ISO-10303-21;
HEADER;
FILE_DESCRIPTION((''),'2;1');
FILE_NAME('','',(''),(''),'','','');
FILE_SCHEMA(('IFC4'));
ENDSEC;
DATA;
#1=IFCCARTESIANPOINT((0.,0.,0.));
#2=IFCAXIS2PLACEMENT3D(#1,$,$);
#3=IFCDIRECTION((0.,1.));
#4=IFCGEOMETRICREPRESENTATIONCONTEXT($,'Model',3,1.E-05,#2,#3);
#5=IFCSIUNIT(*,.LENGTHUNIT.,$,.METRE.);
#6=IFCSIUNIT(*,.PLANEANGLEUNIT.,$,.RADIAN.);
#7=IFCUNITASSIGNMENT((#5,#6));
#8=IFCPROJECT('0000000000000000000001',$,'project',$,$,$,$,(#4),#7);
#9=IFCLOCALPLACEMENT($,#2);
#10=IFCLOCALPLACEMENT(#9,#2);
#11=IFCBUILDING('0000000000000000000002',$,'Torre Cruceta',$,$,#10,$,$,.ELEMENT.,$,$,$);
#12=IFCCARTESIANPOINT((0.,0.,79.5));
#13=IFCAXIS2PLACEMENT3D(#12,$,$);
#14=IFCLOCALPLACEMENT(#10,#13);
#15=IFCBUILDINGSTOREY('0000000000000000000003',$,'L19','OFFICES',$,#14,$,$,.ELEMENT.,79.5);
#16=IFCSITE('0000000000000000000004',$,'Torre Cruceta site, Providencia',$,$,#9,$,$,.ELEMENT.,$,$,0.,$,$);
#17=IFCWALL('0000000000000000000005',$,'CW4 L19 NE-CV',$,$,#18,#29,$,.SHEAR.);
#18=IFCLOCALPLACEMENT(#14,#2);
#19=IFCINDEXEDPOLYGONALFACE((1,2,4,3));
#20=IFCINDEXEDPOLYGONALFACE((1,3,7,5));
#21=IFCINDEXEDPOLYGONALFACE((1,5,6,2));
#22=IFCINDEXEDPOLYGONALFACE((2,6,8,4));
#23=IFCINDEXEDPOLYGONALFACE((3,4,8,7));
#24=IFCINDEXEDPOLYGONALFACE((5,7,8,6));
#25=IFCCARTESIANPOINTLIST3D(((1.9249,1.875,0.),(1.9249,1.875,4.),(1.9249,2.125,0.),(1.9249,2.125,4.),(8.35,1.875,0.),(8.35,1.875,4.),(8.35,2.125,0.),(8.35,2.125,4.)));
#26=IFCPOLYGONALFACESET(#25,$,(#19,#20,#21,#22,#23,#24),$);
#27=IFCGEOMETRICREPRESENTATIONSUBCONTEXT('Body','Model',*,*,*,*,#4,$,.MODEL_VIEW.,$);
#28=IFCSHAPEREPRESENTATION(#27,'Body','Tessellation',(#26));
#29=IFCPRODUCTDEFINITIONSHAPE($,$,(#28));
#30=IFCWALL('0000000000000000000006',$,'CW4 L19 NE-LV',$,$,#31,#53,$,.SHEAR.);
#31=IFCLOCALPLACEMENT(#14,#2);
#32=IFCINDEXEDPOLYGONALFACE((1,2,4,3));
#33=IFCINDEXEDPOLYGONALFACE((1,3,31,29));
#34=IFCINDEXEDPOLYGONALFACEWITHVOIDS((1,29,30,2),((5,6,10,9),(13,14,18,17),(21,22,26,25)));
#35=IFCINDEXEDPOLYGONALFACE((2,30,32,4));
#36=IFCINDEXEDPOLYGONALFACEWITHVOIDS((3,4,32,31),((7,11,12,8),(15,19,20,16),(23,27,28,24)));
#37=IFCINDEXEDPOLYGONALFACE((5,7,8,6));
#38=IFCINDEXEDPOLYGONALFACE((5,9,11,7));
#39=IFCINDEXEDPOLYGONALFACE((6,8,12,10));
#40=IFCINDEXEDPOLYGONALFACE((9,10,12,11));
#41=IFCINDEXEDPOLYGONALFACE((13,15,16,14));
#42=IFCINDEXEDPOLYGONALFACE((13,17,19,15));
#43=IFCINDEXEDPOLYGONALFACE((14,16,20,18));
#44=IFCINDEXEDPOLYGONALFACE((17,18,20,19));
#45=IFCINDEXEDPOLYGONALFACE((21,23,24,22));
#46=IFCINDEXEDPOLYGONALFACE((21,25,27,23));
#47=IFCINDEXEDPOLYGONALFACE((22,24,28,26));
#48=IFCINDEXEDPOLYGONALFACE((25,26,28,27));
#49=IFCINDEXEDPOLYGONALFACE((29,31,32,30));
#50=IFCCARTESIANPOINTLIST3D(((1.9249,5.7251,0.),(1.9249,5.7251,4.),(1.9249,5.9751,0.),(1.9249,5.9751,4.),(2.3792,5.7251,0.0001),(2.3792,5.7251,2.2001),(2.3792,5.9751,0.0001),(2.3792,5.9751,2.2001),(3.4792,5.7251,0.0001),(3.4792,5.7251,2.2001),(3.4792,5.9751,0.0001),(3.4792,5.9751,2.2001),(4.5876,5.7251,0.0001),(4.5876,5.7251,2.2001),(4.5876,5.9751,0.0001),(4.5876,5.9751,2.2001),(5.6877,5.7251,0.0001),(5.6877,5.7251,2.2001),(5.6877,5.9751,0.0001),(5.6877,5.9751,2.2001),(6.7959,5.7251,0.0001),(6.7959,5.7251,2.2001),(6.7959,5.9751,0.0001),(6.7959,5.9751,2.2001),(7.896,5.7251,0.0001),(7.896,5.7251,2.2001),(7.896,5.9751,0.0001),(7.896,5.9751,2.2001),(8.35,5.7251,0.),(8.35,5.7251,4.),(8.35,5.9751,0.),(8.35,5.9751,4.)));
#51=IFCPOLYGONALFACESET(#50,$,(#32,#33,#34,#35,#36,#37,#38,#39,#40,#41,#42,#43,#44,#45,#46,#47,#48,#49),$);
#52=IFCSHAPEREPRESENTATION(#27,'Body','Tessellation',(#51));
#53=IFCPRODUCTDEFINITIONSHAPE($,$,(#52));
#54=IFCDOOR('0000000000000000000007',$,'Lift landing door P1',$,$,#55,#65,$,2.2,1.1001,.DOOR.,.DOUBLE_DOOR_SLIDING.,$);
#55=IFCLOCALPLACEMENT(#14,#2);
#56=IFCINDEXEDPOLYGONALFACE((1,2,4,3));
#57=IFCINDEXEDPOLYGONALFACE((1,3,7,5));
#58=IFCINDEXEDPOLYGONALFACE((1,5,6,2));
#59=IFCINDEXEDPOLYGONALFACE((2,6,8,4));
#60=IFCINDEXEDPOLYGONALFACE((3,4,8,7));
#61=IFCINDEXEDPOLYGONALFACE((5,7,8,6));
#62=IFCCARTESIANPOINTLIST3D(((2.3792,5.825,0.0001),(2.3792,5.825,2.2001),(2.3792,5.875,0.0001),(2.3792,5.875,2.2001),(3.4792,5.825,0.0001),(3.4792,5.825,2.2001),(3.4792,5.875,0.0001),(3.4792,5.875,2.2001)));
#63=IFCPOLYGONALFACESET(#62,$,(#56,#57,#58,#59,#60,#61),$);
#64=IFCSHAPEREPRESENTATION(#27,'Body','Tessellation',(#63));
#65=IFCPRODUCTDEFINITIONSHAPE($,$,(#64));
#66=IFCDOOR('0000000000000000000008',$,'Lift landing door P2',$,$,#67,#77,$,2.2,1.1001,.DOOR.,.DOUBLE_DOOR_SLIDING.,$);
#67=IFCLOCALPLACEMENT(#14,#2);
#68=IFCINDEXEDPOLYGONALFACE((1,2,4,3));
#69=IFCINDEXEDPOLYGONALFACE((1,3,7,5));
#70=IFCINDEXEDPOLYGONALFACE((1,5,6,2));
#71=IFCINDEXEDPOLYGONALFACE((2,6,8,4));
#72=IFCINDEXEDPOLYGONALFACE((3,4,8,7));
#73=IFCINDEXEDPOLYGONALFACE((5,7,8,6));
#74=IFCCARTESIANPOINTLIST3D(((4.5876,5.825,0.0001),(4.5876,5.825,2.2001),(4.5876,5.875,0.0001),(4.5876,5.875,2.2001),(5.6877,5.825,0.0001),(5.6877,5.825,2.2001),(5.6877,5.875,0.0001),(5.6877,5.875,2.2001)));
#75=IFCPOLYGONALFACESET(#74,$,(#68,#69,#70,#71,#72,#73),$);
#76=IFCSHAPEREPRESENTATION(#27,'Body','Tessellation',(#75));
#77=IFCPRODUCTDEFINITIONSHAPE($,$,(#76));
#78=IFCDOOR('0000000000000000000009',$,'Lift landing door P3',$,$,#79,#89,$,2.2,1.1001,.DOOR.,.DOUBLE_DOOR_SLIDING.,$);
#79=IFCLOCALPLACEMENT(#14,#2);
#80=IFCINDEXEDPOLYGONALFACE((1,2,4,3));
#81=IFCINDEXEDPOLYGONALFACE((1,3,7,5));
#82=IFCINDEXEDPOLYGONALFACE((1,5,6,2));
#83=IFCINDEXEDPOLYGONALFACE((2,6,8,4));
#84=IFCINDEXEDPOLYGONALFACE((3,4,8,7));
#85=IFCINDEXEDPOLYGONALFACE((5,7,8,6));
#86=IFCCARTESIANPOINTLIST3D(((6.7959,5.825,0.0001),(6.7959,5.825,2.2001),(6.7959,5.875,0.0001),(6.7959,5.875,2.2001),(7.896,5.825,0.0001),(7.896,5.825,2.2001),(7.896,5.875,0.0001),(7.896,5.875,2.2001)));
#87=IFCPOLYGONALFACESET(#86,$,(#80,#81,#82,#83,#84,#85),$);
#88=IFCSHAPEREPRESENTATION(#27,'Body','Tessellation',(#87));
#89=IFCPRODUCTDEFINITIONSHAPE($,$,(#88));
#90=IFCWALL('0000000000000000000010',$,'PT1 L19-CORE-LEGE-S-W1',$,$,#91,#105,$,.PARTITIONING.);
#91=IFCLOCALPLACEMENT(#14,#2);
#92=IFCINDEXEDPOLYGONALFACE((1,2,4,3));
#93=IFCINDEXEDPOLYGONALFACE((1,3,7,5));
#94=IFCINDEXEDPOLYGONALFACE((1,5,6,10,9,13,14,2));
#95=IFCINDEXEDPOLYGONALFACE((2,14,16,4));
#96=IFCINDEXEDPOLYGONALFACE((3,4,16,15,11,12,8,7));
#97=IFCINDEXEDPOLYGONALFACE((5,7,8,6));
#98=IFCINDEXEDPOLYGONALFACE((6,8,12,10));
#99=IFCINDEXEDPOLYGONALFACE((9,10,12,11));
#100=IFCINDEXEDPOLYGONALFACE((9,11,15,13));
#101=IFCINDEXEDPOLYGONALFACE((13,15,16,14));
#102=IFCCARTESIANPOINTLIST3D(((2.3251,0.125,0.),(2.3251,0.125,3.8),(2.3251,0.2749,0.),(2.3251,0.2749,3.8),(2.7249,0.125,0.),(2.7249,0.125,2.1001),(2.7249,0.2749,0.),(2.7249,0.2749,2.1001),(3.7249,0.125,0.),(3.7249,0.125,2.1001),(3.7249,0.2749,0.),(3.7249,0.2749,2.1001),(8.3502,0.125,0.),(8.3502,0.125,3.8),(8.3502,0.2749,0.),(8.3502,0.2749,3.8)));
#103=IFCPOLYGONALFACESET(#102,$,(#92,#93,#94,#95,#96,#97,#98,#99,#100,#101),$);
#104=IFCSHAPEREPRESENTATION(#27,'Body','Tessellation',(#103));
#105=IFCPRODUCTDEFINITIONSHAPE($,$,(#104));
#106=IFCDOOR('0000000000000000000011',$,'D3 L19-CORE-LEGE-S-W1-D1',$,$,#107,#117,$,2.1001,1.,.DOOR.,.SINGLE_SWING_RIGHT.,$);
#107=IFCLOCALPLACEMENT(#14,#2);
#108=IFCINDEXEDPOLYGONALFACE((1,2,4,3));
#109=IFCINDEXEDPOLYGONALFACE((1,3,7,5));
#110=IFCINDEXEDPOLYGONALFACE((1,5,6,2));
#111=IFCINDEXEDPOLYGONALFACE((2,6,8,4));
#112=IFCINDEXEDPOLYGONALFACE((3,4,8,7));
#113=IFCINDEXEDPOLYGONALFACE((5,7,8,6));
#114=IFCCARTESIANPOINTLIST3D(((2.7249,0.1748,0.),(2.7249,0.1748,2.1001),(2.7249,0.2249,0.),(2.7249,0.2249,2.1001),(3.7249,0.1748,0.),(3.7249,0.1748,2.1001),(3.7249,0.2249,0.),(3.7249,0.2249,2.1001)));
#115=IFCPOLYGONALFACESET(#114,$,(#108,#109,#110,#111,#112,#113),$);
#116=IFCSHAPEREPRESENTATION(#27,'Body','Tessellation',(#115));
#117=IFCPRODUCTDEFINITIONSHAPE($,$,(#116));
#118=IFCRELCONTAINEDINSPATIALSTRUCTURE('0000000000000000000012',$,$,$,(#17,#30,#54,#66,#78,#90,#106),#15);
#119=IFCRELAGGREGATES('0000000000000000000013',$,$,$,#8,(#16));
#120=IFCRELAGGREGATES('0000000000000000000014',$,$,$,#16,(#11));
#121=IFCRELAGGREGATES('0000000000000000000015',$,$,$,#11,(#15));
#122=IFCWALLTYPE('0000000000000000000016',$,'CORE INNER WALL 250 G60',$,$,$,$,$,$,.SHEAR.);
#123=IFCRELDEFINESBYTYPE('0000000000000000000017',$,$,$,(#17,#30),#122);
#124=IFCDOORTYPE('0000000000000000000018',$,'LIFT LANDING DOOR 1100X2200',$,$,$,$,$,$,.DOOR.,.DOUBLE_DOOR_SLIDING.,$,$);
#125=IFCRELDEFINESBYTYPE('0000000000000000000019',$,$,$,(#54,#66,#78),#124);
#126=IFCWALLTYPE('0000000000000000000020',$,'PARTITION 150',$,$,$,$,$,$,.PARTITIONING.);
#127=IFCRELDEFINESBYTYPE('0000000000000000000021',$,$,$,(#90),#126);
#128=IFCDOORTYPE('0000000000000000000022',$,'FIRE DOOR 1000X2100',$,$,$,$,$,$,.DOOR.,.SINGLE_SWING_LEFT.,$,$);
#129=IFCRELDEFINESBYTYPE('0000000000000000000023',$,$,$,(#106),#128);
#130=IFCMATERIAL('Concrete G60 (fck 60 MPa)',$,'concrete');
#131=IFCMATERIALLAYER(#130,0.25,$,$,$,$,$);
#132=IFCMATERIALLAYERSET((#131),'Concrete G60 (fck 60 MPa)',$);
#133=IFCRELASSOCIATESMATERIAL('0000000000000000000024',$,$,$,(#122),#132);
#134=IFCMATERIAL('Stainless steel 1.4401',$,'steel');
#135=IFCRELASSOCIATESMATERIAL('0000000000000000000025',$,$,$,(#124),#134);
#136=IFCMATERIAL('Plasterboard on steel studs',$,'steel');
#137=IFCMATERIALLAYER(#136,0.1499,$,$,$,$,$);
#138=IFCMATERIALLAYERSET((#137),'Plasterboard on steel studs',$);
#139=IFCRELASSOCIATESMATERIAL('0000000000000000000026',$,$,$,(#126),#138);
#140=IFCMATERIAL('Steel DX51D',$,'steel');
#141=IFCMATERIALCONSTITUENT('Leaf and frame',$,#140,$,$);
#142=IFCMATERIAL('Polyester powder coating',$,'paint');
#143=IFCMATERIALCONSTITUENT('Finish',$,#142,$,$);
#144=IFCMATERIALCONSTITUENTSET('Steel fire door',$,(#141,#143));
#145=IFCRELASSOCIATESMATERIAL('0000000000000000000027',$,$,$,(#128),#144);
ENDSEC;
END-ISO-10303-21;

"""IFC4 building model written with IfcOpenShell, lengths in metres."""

from ifc_helpers import new_model, si_unit, direction, frame, frame_2d, origin, place, context, subcontext, project, spatial, rectangle, extrude, material, layer, layer_set, constituent, constituent_set, type_object, element, fill, save


model = new_model("IFC4")

# Units and contexts
model_context = context("Model", 3, precision=1e-05, world=origin(), true_north=direction((0.0, 1.0)))
body_context = subcontext(model_context, "Body", "Model", "MODEL_VIEW")
ifc_project = project(units=[si_unit("LENGTHUNIT", "METRE"), si_unit("PLANEANGLEUNIT", "RADIAN")], contexts=[model_context])

# Site, building, storey
site_placement = place(None, origin())
site = spatial("IfcSite", under=ifc_project, at=site_placement, Name="Torre Cruceta site, Providencia", CompositionType="ELEMENT", RefElevation=0.0)
building_placement = place(site_placement, origin())
building = spatial("IfcBuilding", under=site, at=building_placement, Name="Torre Cruceta", CompositionType="ELEMENT")
storey_placement = place(building_placement, frame((0.0, 0.0, 79.5)))
storey = spatial("IfcBuildingStorey", under=building, at=storey_placement, Name="L19", Description="OFFICES", CompositionType="ELEMENT", Elevation=79.5)

# Shared definitions
ifc_material_1 = material(Name="Concrete G60 (fck 60 MPa)", Category="concrete")
ifc_layer_1 = layer(ifc_material_1, 0.25)
ifc_layer_set_1 = layer_set([ifc_layer_1], Name="Concrete G60 (fck 60 MPa)")
wall_type_1 = type_object("IfcWallType", Name="CORE INNER WALL 250 G60", PredefinedType="SHEAR", material=ifc_layer_set_1)

# Wall
wall_1_placement = place(storey_placement, frame((1.925, 2.0, 0.0), z_axis=(0.0, 0.0, 1.0), x_axis=(1.0, 0.0, 0.0)))
element("IfcWall", 1, at=wall_1_placement, inside=storey, type_object=wall_type_1, Name="CW4 L19 NE-CV", PredefinedType="SHEAR", context=body_context, shape_type="SweptSolid", body=[
    extrude(rectangle(XDim=6.425, YDim=0.25, at=frame_2d((3.2124, 0.0))), origin(), (0.0, 0.0, 1.0), 4.0),
])

# Wall, openings, doors
wall_2_placement = place(storey_placement, frame((1.925, 5.8501, 0.0), z_axis=(0.0, 0.0, 1.0), x_axis=(1.0, 0.0, 0.0)))
wall_2 = element("IfcWall", 2, at=wall_2_placement, inside=storey, type_object=wall_type_1, Name="CW4 L19 NE-LV", PredefinedType="SHEAR", context=body_context, shape_type="SweptSolid", body=[
    extrude(rectangle(XDim=6.425, YDim=0.25, at=frame_2d((3.2124, 0.0))), origin(), (0.0, 0.0, 1.0), 4.0),
])
opening_1_placement = place(wall_2_placement, frame((0.4541, 0.0, 0.0)))
opening_1 = element("IfcOpeningElement", 3, at=opening_1_placement, cuts=wall_2, PredefinedType="OPENING", context=body_context, shape_type="SweptSolid", body=[
    extrude(rectangle(XDim=1.1001, YDim=2.2, at=frame_2d((0.55, 1.1001))), frame((0.0, 0.135, 0.0), z_axis=(0.0, -1.0, 0.0), x_axis=(1.0, 0.0, 0.0)), (0.0, 0.0, 1.0), 0.27),
])
opening_2_placement = place(wall_2_placement, frame((2.6626, 0.0, 0.0)))
opening_2 = element("IfcOpeningElement", 4, at=opening_2_placement, cuts=wall_2, PredefinedType="OPENING", context=body_context, shape_type="SweptSolid", body=[
    extrude(rectangle(XDim=1.1001, YDim=2.2, at=frame_2d((0.55, 1.1001))), frame((0.0, 0.135, 0.0), z_axis=(0.0, -1.0, 0.0), x_axis=(1.0, 0.0, 0.0)), (0.0, 0.0, 1.0), 0.27),
])
opening_3_placement = place(wall_2_placement, frame((4.8708, 0.0, 0.0)))
opening_3 = element("IfcOpeningElement", 5, at=opening_3_placement, cuts=wall_2, PredefinedType="OPENING", context=body_context, shape_type="SweptSolid", body=[
    extrude(rectangle(XDim=1.1001, YDim=2.2, at=frame_2d((0.55, 1.1001))), frame((0.0, 0.135, 0.0), z_axis=(0.0, -1.0, 0.0), x_axis=(1.0, 0.0, 0.0)), (0.0, 0.0, 1.0), 0.27),
])
ifc_material_2 = material(Name="Stainless steel 1.4401", Category="steel")
door_type_1 = type_object("IfcDoorType", Name="LIFT LANDING DOOR 1100X2200", OperationType="DOUBLE_DOOR_SLIDING", PredefinedType="DOOR", material=ifc_material_2)
door_1_placement = place(opening_1_placement, origin())
door_1 = element("IfcDoor", 6, at=door_1_placement, inside=storey, type_object=door_type_1, Name="Lift landing door P1", OperationType="DOUBLE_DOOR_SLIDING", OverallHeight=2.2, OverallWidth=1.1001, PredefinedType="DOOR", context=body_context, shape_type="SweptSolid", body=[
    extrude(rectangle(XDim=1.1001, YDim=2.2, at=frame_2d((0.55, 1.1001))), frame((0.0, 0.0249, 0.0), z_axis=(0.0, -1.0, 0.0), x_axis=(1.0, 0.0, 0.0)), (0.0, 0.0, 1.0), 0.05),
])
fill(opening_1, door_1)
door_2_placement = place(opening_2_placement, origin())
door_2 = element("IfcDoor", 7, at=door_2_placement, inside=storey, type_object=door_type_1, Name="Lift landing door P2", OperationType="DOUBLE_DOOR_SLIDING", OverallHeight=2.2, OverallWidth=1.1001, PredefinedType="DOOR", context=body_context, shape_type="SweptSolid", body=[
    extrude(rectangle(XDim=1.1001, YDim=2.2, at=frame_2d((0.55, 1.1001))), frame((0.0, 0.0249, 0.0), z_axis=(0.0, -1.0, 0.0), x_axis=(1.0, 0.0, 0.0)), (0.0, 0.0, 1.0), 0.05),
])
fill(opening_2, door_2)
door_3_placement = place(opening_3_placement, origin())
door_3 = element("IfcDoor", 8, at=door_3_placement, inside=storey, type_object=door_type_1, Name="Lift landing door P3", OperationType="DOUBLE_DOOR_SLIDING", OverallHeight=2.2, OverallWidth=1.1001, PredefinedType="DOOR", context=body_context, shape_type="SweptSolid", body=[
    extrude(rectangle(XDim=1.1001, YDim=2.2, at=frame_2d((0.55, 1.1001))), frame((0.0, 0.0249, 0.0), z_axis=(0.0, -1.0, 0.0), x_axis=(1.0, 0.0, 0.0)), (0.0, 0.0, 1.0), 0.05),
])
fill(opening_3, door_3)

# Wall, opening, door
ifc_material_3 = material(Name="Plasterboard on steel studs", Category="steel")
ifc_layer_2 = layer(ifc_material_3, 0.1499)
ifc_layer_set_2 = layer_set([ifc_layer_2], Name="Plasterboard on steel studs")
wall_type_2 = type_object("IfcWallType", Name="PARTITION 150", PredefinedType="PARTITIONING", material=ifc_layer_set_2)
wall_3_placement = place(storey_placement, frame((2.325, 0.2, 0.0), z_axis=(0.0, 0.0, 1.0), x_axis=(1.0, 0.0, 0.0)))
wall_3 = element("IfcWall", 9, at=wall_3_placement, inside=storey, type_object=wall_type_2, Name="PT1 L19-CORE-LEGE-S-W1", PredefinedType="PARTITIONING", context=body_context, shape_type="SweptSolid", body=[
    extrude(rectangle(XDim=6.0251, YDim=0.1499, at=frame_2d((3.0127, 0.0))), origin(), (0.0, 0.0, 1.0), 3.8),
])
opening_4_placement = place(wall_3_placement, frame((0.3999, 0.0, 0.0)))
opening_4 = element("IfcOpeningElement", 10, at=opening_4_placement, cuts=wall_3, PredefinedType="OPENING", context=body_context, shape_type="SweptSolid", body=[
    extrude(rectangle(XDim=1.0, YDim=2.1001, at=frame_2d((0.5, 1.05))), frame((0.0, 0.085, 0.0), z_axis=(0.0, -1.0, 0.0), x_axis=(1.0, 0.0, 0.0)), (0.0, 0.0, 1.0), 0.1699),
])
ifc_material_4 = material(Name="Steel DX51D", Category="steel")
ifc_constituent_1 = constituent(ifc_material_4, Name="Leaf and frame")
ifc_material_5 = material(Name="Polyester powder coating", Category="paint")
ifc_constituent_2 = constituent(ifc_material_5, Name="Finish")
ifc_constituent_set_1 = constituent_set(constituents=[ifc_constituent_1, ifc_constituent_2], Name="Steel fire door")
door_type_2 = type_object("IfcDoorType", Name="FIRE DOOR 1000X2100", OperationType="SINGLE_SWING_LEFT", PredefinedType="DOOR", material=ifc_constituent_set_1)
door_4_placement = place(opening_4_placement, frame((1.0, 0.0, 0.0), z_axis=(0.0, 0.0, 1.0), x_axis=(-1.0, 0.0, 0.0)))
door_4 = element("IfcDoor", 11, at=door_4_placement, inside=storey, type_object=door_type_2, Name="D3 L19-CORE-LEGE-S-W1-D1", OperationType="SINGLE_SWING_RIGHT", OverallHeight=2.1001, OverallWidth=1.0, PredefinedType="DOOR", context=body_context, shape_type="SweptSolid", body=[
    extrude(rectangle(XDim=1.0, YDim=2.1001, at=frame_2d((0.5, 1.05))), frame((0.0, 0.0251, 0.0), z_axis=(0.0, -1.0, 0.0), x_axis=(1.0, 0.0, 0.0)), (0.0, 0.0, 1.0), 0.05),
])
fill(opening_4, door_4)

save(model, "model.ifc")
